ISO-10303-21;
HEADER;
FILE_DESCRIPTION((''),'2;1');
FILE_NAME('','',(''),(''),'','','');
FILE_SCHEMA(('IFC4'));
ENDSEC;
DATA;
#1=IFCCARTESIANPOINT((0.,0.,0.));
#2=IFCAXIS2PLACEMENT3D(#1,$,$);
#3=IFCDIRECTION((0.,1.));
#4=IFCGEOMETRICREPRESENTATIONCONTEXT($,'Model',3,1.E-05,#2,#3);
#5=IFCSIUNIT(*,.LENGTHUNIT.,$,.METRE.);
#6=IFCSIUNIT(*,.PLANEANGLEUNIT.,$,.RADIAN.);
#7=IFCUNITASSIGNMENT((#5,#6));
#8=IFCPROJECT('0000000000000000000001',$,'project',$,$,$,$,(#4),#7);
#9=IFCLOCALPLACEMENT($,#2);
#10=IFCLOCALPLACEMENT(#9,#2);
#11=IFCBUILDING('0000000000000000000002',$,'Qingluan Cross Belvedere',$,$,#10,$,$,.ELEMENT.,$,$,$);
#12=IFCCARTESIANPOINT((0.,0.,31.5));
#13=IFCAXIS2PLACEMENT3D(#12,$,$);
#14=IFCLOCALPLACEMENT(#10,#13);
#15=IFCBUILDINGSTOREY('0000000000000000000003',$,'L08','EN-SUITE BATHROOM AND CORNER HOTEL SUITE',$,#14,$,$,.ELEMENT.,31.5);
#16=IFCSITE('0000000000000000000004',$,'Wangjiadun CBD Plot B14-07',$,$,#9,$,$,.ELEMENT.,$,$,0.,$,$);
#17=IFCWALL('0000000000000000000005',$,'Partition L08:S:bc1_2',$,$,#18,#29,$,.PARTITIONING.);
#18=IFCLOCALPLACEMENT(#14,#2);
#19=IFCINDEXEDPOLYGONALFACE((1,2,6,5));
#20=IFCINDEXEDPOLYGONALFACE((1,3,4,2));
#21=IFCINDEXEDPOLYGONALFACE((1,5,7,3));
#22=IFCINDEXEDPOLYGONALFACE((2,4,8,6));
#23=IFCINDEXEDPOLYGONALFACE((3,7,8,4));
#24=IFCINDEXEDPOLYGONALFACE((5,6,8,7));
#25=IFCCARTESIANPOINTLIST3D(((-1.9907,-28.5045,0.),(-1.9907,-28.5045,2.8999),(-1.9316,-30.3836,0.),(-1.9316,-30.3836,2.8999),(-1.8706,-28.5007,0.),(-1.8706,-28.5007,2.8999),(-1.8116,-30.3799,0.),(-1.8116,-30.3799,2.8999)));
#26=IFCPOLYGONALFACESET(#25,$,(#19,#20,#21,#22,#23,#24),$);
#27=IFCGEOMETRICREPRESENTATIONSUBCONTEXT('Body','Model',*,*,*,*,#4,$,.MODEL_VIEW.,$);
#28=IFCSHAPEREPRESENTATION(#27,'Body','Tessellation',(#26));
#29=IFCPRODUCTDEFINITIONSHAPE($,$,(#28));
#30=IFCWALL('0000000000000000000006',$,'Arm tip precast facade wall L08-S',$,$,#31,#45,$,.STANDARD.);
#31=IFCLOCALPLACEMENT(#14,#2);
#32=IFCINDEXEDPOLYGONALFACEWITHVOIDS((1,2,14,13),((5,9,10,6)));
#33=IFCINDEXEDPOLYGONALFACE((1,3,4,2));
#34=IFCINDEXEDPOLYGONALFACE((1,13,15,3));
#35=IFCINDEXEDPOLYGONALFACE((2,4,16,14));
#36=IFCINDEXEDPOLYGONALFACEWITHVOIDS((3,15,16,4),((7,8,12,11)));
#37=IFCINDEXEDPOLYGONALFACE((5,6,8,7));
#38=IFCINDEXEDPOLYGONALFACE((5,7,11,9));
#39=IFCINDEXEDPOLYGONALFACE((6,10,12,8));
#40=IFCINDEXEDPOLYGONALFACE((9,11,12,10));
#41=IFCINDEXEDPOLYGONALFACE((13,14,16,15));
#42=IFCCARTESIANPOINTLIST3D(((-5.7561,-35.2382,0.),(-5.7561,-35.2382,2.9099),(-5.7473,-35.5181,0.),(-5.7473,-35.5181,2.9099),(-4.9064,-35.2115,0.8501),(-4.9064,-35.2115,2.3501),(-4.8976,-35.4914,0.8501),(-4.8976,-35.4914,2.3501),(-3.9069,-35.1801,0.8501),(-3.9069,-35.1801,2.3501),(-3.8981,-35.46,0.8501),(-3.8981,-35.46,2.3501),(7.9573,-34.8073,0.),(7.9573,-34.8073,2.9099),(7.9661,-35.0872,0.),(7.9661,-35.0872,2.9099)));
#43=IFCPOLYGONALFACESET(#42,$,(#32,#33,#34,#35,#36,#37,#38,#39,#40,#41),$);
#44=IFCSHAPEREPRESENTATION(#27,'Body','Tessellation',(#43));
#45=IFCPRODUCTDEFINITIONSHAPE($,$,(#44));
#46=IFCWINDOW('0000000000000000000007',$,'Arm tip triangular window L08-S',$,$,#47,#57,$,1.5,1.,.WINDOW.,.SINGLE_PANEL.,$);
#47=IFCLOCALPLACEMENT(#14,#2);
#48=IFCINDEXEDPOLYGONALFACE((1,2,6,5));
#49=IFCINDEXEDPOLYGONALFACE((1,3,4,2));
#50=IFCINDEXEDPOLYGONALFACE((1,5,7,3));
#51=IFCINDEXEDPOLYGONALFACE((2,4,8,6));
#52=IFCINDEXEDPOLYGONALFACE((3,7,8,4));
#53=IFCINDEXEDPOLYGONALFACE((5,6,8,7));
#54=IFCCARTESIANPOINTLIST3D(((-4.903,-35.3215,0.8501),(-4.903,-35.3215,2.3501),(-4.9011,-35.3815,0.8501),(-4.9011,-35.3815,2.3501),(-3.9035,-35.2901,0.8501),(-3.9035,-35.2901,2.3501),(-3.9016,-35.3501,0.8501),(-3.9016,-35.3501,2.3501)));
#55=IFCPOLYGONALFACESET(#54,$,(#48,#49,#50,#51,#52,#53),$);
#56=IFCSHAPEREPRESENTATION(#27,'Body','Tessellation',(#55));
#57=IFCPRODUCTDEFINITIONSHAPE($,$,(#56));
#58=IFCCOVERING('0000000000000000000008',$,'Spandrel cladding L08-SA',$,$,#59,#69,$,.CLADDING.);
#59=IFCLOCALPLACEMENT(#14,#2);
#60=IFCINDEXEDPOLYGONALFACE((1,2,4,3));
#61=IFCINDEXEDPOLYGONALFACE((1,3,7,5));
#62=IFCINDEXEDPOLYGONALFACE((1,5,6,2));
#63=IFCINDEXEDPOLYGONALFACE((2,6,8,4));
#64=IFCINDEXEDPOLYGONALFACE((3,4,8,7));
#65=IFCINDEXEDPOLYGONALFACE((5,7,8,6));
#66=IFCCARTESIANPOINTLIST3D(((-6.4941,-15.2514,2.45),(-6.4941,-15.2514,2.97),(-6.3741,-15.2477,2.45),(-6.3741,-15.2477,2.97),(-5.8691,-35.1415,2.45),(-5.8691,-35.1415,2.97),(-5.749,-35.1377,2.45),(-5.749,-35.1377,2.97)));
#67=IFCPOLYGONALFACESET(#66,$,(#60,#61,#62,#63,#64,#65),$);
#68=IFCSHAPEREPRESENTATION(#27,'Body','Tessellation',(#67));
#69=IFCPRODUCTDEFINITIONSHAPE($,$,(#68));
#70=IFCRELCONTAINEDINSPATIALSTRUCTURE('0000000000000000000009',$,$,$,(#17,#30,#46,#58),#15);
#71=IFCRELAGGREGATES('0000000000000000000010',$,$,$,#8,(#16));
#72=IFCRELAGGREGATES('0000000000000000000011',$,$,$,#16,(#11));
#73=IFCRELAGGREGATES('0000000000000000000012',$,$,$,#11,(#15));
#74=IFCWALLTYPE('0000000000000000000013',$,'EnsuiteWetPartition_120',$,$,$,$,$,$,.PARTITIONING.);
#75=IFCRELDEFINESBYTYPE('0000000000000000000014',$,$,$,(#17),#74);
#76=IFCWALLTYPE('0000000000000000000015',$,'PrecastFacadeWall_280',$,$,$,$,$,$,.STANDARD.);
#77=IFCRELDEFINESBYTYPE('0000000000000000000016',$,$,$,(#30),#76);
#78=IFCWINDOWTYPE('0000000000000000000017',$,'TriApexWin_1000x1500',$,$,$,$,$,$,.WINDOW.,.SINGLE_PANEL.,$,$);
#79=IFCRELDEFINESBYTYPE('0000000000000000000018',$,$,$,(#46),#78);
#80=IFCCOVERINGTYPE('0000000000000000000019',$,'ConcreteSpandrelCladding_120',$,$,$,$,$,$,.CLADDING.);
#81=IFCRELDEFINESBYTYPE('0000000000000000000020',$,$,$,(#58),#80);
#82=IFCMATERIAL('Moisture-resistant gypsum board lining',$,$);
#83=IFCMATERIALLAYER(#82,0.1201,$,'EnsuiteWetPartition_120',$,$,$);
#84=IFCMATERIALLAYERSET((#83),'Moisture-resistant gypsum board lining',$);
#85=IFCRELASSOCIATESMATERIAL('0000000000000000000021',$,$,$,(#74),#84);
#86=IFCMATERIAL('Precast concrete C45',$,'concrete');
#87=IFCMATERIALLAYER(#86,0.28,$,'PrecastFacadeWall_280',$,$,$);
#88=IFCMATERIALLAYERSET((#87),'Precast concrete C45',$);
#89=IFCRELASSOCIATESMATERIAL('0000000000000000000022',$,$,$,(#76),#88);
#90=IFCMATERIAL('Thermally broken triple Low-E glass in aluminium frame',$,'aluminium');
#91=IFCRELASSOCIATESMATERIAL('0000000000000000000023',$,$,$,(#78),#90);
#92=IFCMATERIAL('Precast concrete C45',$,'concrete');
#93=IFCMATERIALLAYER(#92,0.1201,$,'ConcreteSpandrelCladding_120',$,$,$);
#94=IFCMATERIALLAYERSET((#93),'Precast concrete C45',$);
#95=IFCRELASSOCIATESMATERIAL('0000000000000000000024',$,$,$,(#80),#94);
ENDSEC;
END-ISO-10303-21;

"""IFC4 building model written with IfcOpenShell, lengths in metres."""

from ifc_helpers import new_model, si_unit, direction, frame, frame_2d, origin, origin_2d, place, context, subcontext, project, spatial, rectangle, extrude, material, layer, layer_set, type_object, element, fill, save


model = new_model("IFC4")

# Units and contexts
model_context = context("Model", 3, precision=1e-05, world=origin(), true_north=direction((0.0, 1.0)))
body_context = subcontext(model_context, "Body", "Model", "MODEL_VIEW")
ifc_project = project(units=[si_unit("LENGTHUNIT", "METRE"), si_unit("PLANEANGLEUNIT", "RADIAN")], contexts=[model_context])

# Site, building, storey
site_placement = place(None, origin())
site = spatial("IfcSite", under=ifc_project, at=site_placement, Name="Wangjiadun CBD Plot B14-07", CompositionType="ELEMENT", RefElevation=0.0)
building_placement = place(site_placement, origin())
building = spatial("IfcBuilding", under=site, at=building_placement, Name="Qingluan Cross Belvedere", CompositionType="ELEMENT")
storey_placement = place(building_placement, frame((0.0, 0.0, 31.5)))
storey = spatial("IfcBuildingStorey", under=building, at=storey_placement, Name="L08", Description="EN-SUITE BATHROOM AND CORNER HOTEL SUITE", CompositionType="ELEMENT", Elevation=31.5)

# Shared definitions
ifc_material_1 = material(Name="Moisture-resistant gypsum board lining")
ifc_layer_1 = layer(ifc_material_1, 0.1201, Name="EnsuiteWetPartition_120")
ifc_layer_set_1 = layer_set([ifc_layer_1], Name="Moisture-resistant gypsum board lining")
wall_type_1 = type_object("IfcWallType", Name="EnsuiteWetPartition_120", PredefinedType="PARTITIONING", material=ifc_layer_set_1)

# Wall
wall_1_placement = place(storey_placement, frame((-1.9307, -28.5027, 0.0), z_axis=(0.0, 0.0, 1.0), x_axis=(0.031425, -0.999506, 0.0)))
element("IfcWall", 1, at=wall_1_placement, inside=storey, type_object=wall_type_1, Name="Partition L08:S:bc1_2", PredefinedType="PARTITIONING", context=body_context, shape_type="SweptSolid", body=[
    extrude(rectangle(XDim=1.8801, YDim=0.1201, at=frame_2d((0.9399, 0.0))), origin(), (0.0, 0.0, 1.0), 2.8999),
])

# Wall, opening, window
ifc_material_2 = material(Name="Precast concrete C45", Category="concrete")
ifc_layer_2 = layer(ifc_material_2, 0.28, Name="PrecastFacadeWall_280")
ifc_layer_set_2 = layer_set([ifc_layer_2], Name="Precast concrete C45")
wall_type_2 = type_object("IfcWallType", Name="PrecastFacadeWall_280", PredefinedType="STANDARD", material=ifc_layer_set_2)
wall_2_placement = place(storey_placement, frame((-5.7517, -35.3782, 0.0), z_axis=(0.0, 0.0, 1.0), x_axis=(0.999507, 0.031407, 0.0)))
wall_2 = element("IfcWall", 2, at=wall_2_placement, inside=storey, type_object=wall_type_2, Name="Arm tip precast facade wall L08-S", PredefinedType="STANDARD", context=body_context, shape_type="SweptSolid", body=[
    extrude(rectangle(XDim=13.7202, YDim=0.28, at=frame_2d((6.8601, 0.0))), origin(), (0.0, 0.0, 1.0), 2.9099),
])
opening_1_placement = place(wall_2_placement, frame((0.8501, 0.0, 0.8501)))
opening_1 = element("IfcOpeningElement", 3, at=opening_1_placement, cuts=wall_2, PredefinedType="OPENING", context=body_context, shape_type="SweptSolid", body=[
    extrude(rectangle(XDim=1.0, YDim=1.5, at=frame_2d((0.5, 0.75))), frame((0.0, 0.1499, 0.0), z_axis=(0.0, -1.0, 0.0), x_axis=(1.0, 0.0, 0.0)), (0.0, 0.0, 1.0), 0.3),
])
ifc_material_3 = material(Name="Thermally broken triple Low-E glass in aluminium frame", Category="aluminium")
window_type = type_object("IfcWindowType", Name="TriApexWin_1000x1500", PartitioningType="SINGLE_PANEL", PredefinedType="WINDOW", material=ifc_material_3)
window_placement = place(opening_1_placement, origin())
window = element("IfcWindow", 4, at=window_placement, inside=storey, type_object=window_type, Name="Arm tip triangular window L08-S", OverallHeight=1.5, OverallWidth=1.0, PartitioningType="SINGLE_PANEL", PredefinedType="WINDOW", context=body_context, shape_type="SweptSolid", body=[
    extrude(rectangle(XDim=1.0, YDim=1.5, at=frame_2d((0.5, 0.75))), frame((0.0, 0.03, 0.0), z_axis=(0.0, -1.0, 0.0), x_axis=(1.0, 0.0, 0.0)), (0.0, 0.0, 1.0), 0.0601),
])
fill(opening_1, window)

# Covering
ifc_material_4 = material(Name="Precast concrete C45", Category="concrete")
ifc_layer_3 = layer(ifc_material_4, 0.1201, Name="ConcreteSpandrelCladding_120")
ifc_layer_set_3 = layer_set([ifc_layer_3], Name="Precast concrete C45")
covering_type = type_object("IfcCoveringType", Name="ConcreteSpandrelCladding_120", PredefinedType="CLADDING", material=ifc_layer_set_3)
covering_placement = place(storey_placement, frame((-6.1216, -25.1946, 2.45), z_axis=(0.0, 0.0, 1.0), x_axis=(0.031408, -0.999507, 0.0)))
element("IfcCovering", 5, at=covering_placement, inside=storey, type_object=covering_type, Name="Spandrel cladding L08-SA", PredefinedType="CLADDING", context=body_context, shape_type="SweptSolid", body=[
    extrude(rectangle(XDim=19.8999, YDim=0.1201, at=origin_2d()), origin(), (0.0, 0.0, 1.0), 0.52),
])

save(model, "model.ifc")
